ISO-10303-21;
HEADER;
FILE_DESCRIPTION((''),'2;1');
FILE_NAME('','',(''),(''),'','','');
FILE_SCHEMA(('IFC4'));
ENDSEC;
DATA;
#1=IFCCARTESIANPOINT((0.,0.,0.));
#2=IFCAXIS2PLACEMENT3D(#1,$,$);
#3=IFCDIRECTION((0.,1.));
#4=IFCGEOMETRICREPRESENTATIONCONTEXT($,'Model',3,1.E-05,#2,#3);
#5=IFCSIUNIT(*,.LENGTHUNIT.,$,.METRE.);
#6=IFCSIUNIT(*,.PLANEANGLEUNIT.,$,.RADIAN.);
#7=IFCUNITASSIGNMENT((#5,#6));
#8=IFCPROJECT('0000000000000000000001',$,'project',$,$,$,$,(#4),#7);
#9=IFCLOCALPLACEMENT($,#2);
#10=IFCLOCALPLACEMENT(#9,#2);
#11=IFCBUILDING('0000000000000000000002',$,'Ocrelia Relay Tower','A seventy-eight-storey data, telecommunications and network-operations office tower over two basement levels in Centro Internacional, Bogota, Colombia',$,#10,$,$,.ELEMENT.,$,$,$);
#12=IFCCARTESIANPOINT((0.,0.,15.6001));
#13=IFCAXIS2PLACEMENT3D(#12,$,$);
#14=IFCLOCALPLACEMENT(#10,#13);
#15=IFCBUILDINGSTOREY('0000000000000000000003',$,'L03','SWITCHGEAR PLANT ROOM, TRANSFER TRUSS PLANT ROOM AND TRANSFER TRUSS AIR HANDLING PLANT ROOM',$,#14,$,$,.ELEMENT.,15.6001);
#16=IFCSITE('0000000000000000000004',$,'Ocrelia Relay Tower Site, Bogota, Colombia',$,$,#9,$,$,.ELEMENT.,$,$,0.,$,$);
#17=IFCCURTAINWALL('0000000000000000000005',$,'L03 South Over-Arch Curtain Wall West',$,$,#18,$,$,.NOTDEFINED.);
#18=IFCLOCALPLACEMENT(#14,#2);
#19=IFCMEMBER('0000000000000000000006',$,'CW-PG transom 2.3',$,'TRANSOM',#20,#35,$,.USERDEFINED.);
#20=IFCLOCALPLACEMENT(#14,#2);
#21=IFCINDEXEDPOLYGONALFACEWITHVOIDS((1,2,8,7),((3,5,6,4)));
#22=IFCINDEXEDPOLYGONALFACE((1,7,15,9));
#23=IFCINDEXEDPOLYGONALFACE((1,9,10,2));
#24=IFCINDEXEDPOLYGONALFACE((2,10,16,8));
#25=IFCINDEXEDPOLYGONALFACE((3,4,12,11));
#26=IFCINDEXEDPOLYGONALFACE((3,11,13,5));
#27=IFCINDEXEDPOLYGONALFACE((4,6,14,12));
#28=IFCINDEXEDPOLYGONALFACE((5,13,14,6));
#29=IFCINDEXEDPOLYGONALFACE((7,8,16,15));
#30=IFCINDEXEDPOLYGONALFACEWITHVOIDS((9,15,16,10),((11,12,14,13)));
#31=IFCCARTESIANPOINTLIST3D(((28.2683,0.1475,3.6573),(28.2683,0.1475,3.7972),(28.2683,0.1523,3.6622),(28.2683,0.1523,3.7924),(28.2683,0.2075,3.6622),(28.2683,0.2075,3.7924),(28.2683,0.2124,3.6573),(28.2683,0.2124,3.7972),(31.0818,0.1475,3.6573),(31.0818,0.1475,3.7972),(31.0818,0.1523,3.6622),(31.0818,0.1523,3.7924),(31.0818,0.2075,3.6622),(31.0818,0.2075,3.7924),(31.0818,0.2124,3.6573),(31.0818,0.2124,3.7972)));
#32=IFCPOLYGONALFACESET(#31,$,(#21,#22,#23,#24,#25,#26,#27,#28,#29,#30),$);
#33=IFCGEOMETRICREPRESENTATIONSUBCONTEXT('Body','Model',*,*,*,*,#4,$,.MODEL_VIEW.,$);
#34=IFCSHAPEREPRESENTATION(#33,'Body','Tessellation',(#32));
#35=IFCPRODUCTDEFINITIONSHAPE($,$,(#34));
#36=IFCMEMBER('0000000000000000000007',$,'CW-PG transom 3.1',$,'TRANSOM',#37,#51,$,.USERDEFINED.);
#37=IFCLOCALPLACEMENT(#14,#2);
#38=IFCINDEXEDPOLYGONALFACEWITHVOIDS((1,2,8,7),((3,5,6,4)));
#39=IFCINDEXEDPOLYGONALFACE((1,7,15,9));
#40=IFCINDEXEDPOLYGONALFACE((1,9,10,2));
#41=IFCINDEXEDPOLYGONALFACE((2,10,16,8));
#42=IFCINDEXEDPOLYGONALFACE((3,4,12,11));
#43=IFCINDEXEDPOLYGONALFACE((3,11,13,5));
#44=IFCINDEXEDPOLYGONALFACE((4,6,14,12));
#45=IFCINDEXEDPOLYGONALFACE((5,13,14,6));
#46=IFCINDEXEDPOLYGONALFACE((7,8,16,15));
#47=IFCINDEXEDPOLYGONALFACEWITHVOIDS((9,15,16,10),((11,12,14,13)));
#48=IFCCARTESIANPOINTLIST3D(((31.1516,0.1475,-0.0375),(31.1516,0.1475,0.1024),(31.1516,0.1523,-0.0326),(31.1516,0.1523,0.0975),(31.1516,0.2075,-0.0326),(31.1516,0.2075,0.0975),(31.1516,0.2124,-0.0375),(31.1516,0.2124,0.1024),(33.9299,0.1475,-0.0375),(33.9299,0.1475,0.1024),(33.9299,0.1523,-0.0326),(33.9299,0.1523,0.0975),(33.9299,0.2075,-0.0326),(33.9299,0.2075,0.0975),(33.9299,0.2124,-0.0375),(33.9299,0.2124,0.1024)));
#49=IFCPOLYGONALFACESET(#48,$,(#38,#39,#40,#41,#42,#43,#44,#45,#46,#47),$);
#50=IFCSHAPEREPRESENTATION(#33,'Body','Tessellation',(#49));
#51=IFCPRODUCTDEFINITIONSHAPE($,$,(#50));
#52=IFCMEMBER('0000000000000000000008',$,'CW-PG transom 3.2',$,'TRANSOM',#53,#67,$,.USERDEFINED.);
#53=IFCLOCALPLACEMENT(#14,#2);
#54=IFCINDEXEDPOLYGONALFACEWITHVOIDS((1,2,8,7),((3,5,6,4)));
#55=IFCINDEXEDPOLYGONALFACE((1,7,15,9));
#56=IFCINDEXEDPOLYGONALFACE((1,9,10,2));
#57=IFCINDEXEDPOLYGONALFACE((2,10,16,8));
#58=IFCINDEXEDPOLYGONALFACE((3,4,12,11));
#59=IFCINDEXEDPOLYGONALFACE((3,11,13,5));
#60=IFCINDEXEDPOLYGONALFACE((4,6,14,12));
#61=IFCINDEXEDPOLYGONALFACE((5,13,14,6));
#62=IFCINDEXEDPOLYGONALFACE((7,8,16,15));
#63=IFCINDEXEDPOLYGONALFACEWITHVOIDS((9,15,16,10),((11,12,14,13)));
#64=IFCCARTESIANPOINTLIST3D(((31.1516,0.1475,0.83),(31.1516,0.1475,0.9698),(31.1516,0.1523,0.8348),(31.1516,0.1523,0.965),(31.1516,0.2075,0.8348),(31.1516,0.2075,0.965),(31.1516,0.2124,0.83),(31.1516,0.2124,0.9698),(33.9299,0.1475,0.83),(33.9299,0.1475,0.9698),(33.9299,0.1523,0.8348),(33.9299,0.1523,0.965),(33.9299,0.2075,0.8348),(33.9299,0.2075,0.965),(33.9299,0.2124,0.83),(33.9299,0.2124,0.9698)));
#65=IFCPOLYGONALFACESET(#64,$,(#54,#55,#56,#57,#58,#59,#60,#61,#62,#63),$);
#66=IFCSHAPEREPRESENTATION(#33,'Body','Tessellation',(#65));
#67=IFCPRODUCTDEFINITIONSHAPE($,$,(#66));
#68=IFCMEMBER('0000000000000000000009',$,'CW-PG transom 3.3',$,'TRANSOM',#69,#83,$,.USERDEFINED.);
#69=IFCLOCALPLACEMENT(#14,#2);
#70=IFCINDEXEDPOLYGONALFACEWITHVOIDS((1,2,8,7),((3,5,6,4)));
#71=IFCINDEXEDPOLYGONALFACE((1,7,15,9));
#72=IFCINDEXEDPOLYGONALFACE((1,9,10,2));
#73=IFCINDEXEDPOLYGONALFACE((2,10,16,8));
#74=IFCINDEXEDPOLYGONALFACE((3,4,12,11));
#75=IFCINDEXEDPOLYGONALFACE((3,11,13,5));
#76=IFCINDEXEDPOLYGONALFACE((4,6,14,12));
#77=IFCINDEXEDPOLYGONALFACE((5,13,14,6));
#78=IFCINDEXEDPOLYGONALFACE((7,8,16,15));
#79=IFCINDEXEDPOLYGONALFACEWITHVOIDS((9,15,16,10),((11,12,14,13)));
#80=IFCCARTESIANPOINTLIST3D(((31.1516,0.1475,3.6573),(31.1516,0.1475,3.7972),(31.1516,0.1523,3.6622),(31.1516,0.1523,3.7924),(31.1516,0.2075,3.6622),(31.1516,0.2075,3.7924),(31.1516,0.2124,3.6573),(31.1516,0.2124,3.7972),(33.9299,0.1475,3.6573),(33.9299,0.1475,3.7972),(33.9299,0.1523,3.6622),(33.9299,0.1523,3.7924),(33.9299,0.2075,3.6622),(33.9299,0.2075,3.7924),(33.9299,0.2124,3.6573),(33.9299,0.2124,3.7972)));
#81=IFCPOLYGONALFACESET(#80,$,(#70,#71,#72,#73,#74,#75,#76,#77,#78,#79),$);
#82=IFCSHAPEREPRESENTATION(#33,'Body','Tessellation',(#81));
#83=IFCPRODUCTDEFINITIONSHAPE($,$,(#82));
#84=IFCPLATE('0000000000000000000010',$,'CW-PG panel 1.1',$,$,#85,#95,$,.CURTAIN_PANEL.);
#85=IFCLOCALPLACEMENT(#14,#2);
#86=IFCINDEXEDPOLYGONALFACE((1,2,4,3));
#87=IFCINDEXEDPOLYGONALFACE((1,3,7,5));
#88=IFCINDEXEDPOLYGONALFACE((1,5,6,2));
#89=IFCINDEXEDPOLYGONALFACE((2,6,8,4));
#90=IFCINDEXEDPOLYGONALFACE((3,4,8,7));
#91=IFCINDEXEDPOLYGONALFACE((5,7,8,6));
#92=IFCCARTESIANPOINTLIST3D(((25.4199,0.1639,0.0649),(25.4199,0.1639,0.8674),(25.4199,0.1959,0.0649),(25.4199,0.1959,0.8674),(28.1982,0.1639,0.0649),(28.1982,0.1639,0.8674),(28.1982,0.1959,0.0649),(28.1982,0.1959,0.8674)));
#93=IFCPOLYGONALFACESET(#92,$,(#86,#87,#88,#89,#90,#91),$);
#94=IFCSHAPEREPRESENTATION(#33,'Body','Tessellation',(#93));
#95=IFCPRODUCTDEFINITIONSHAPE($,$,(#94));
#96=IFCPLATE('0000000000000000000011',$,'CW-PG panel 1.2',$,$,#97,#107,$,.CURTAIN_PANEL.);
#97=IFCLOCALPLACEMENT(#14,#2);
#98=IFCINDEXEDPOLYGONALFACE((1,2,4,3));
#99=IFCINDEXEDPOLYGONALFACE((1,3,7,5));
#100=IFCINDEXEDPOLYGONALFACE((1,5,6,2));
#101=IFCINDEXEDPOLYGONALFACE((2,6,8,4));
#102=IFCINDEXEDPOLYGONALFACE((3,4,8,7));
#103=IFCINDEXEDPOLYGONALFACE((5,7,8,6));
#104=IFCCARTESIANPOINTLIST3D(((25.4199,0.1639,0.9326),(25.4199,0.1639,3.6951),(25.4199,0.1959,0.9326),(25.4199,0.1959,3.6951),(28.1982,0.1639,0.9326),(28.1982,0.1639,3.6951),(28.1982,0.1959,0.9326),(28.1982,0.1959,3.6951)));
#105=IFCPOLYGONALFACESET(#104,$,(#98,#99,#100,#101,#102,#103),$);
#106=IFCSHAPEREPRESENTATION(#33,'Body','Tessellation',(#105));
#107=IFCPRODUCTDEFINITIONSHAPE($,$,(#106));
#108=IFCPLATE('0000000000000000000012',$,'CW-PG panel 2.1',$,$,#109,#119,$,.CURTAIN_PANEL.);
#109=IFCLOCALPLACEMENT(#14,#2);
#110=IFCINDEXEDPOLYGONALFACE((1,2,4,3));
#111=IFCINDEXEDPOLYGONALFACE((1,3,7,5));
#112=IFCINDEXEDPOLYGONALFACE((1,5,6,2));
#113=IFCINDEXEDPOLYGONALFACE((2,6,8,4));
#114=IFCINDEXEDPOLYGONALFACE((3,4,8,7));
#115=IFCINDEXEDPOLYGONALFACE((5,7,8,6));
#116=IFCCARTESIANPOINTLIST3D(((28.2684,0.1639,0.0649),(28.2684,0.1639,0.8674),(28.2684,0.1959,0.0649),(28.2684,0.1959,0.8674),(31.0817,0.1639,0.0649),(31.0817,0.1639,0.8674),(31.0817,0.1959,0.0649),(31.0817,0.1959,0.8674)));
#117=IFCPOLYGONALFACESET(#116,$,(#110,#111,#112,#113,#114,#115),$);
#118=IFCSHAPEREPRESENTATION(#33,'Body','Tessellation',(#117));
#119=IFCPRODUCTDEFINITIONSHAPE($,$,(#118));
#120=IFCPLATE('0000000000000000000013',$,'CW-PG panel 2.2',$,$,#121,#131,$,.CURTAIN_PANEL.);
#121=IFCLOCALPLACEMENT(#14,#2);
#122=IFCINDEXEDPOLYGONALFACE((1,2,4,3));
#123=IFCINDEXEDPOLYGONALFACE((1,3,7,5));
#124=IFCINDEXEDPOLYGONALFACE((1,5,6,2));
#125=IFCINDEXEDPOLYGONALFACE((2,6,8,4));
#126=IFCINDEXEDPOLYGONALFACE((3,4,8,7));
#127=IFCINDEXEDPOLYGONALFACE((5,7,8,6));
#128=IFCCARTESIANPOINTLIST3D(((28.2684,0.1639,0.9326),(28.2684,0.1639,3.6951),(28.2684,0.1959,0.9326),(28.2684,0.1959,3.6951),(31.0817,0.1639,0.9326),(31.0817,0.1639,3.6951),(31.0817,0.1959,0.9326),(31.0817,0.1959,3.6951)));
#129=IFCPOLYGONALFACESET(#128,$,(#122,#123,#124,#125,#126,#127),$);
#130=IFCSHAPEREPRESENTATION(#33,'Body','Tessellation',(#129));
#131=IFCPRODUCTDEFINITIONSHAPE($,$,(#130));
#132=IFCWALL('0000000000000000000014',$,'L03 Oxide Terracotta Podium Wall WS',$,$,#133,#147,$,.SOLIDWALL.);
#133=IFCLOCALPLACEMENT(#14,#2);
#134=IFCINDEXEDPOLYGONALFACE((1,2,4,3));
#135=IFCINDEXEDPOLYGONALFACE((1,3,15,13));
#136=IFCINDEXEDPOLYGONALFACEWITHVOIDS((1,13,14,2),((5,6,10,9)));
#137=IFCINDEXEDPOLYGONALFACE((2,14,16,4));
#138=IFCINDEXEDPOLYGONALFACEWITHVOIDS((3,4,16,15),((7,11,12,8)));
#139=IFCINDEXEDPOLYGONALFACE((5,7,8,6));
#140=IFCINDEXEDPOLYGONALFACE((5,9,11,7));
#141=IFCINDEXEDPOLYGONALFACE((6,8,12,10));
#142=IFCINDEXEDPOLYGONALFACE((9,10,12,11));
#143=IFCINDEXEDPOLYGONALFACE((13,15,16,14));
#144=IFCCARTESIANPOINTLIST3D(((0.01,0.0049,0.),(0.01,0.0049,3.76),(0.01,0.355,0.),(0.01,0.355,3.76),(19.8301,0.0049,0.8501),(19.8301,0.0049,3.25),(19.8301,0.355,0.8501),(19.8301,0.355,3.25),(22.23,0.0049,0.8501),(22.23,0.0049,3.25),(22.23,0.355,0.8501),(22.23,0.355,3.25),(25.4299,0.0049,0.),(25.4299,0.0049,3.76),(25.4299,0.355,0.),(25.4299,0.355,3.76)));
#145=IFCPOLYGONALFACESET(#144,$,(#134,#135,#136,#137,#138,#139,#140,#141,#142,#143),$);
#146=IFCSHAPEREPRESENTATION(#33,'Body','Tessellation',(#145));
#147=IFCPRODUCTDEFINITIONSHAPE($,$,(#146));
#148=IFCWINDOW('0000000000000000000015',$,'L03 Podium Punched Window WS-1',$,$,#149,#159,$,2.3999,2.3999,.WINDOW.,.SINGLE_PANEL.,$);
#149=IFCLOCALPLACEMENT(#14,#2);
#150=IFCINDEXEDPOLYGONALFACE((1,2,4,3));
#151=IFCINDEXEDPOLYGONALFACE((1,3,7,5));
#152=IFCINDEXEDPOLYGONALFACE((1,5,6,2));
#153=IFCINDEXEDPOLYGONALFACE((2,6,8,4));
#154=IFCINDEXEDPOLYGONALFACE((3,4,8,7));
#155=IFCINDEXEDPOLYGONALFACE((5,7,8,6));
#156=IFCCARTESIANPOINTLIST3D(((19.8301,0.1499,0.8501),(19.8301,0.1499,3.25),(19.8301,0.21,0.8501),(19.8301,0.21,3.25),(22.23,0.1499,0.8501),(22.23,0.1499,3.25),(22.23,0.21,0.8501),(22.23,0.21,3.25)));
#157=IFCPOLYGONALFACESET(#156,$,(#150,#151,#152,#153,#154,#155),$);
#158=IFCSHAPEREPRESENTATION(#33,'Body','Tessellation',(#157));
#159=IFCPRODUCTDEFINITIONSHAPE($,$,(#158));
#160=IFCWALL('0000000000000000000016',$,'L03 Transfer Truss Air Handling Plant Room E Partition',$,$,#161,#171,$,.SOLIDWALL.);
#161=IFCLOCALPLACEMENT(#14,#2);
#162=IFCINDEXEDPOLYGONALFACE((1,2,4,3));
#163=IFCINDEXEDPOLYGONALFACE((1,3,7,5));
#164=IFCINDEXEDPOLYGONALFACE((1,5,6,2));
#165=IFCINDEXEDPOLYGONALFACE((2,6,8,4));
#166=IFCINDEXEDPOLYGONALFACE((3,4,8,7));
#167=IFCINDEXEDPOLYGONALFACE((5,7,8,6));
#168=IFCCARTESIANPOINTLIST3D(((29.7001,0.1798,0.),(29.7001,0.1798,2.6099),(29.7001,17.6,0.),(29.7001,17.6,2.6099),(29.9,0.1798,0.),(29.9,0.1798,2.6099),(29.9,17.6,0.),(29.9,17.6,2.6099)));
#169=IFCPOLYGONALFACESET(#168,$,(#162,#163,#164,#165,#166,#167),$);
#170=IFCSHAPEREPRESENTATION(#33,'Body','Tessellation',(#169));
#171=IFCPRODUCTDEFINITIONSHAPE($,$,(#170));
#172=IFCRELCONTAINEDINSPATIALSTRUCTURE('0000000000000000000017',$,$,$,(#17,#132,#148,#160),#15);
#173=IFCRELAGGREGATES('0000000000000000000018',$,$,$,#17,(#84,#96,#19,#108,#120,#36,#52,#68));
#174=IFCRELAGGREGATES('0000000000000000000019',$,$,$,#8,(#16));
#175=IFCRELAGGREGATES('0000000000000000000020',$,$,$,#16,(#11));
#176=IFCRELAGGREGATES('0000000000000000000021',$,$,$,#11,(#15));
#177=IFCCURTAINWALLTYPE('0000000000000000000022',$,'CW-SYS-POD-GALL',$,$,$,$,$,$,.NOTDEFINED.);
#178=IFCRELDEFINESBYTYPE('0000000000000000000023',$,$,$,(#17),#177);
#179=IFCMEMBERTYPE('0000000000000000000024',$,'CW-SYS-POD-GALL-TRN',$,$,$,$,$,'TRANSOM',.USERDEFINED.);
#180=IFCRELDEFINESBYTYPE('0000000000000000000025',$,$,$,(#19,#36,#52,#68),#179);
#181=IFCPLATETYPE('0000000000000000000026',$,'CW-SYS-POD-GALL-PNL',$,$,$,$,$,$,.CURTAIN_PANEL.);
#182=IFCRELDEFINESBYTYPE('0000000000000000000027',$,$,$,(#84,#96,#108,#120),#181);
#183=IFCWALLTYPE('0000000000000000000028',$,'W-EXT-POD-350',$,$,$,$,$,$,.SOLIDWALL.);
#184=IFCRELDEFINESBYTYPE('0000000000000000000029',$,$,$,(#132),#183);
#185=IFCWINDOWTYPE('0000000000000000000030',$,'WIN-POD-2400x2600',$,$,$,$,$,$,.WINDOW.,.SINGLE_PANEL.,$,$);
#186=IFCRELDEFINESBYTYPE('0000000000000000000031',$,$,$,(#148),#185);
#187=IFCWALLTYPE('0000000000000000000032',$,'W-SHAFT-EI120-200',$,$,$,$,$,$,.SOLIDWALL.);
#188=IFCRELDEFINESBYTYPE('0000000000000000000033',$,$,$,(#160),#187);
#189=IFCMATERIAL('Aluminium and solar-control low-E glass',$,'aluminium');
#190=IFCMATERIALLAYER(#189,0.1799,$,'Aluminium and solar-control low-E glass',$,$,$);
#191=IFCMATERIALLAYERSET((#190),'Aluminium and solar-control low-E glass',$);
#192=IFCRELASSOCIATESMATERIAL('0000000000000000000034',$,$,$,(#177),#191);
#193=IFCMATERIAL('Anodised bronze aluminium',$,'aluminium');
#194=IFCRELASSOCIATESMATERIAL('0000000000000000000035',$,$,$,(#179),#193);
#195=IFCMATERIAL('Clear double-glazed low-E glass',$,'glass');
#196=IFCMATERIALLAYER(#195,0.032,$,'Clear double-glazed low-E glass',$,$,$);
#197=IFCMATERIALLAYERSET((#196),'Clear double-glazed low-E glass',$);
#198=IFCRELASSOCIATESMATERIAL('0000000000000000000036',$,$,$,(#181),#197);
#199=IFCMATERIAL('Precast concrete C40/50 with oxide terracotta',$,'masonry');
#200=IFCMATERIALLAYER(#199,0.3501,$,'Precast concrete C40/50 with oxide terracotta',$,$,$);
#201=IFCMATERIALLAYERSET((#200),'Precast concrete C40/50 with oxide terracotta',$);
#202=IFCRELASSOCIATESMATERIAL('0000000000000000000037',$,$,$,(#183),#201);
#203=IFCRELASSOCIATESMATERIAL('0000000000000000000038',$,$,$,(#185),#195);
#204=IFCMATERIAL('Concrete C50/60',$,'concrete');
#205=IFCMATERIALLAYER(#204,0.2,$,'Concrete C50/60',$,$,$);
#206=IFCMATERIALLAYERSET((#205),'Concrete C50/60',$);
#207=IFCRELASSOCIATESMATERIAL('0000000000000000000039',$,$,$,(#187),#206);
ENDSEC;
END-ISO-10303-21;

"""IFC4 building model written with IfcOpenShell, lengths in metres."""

from ifc_helpers import new_model, si_unit, direction, frame, frame_2d, origin, origin_2d, place, context, subcontext, project, spatial, rectangle, hollow_rectangle, extrude, material, layer, layer_set, material_profile, profile_set, type_object, element, fill, aggregate, save


model = new_model("IFC4")

# Units and contexts
model_context = context("Model", 3, precision=1e-05, world=origin(), true_north=direction((0.0, 1.0)))
body_context = subcontext(model_context, "Body", "Model", "MODEL_VIEW")
ifc_project = project(units=[si_unit("LENGTHUNIT", "METRE"), si_unit("PLANEANGLEUNIT", "RADIAN")], contexts=[model_context])

# Site, building, storey
site_placement = place(None, origin())
site = spatial("IfcSite", under=ifc_project, at=site_placement, Name="Ocrelia Relay Tower Site, Bogota, Colombia", CompositionType="ELEMENT", RefElevation=0.0)
building_placement = place(site_placement, origin())
building = spatial("IfcBuilding", under=site, at=building_placement, Name="Ocrelia Relay Tower", Description="A seventy-eight-storey data, telecommunications and network-operations office tower over two basement levels in Centro Internacional, Bogota, Colombia", CompositionType="ELEMENT")
storey_placement = place(building_placement, frame((0.0, 0.0, 15.6001)))
storey = spatial("IfcBuildingStorey", under=building, at=storey_placement, Name="L03", Description="SWITCHGEAR PLANT ROOM, TRANSFER TRUSS PLANT ROOM AND TRANSFER TRUSS AIR HANDLING PLANT ROOM", CompositionType="ELEMENT", Elevation=15.6001)

# Curtain wall, members, plates
ifc_material_1 = material(Name="Aluminium and solar-control low-E glass", Category="aluminium")
ifc_layer_1 = layer(ifc_material_1, 0.1799, Name="Aluminium and solar-control low-E glass")
ifc_layer_set_1 = layer_set([ifc_layer_1], Name="Aluminium and solar-control low-E glass")
curtain_wall_type = type_object("IfcCurtainWallType", Name="CW-SYS-POD-GALL", PredefinedType="NOTDEFINED", material=ifc_layer_set_1)
curtain_wall_placement = place(storey_placement, origin())
curtain_wall = element("IfcCurtainWall", 1, at=curtain_wall_placement, inside=storey, type_object=curtain_wall_type, Name="L03 South Over-Arch Curtain Wall West", PredefinedType="NOTDEFINED")
ifc_material_2 = material(Name="Anodised bronze aluminium", Category="aluminium")
ifc_material_profile_1 = material_profile(ifc_material_2, hollow_rectangle(XDim=0.0649, YDim=0.1399, WallThickness=0.0049, at=origin_2d()), Name="CW-TRN-140x65")
ifc_profile_set_1 = profile_set([ifc_material_profile_1], Name="Anodised bronze aluminium")
member_type_1 = type_object("IfcMemberType", Name="CW-SYS-POD-GALL-TRN", ElementType="TRANSOM", PredefinedType="USERDEFINED", material=ifc_profile_set_1)
member_1_placement = place(storey_placement, frame((28.2683, 0.1799, 3.7273), z_axis=(1.0, 0.0, 0.0), x_axis=(0.0, 1.0, 0.0)))
member_1 = element("IfcMember", 2, at=member_1_placement, type_object=member_type_1, Name="CW-PG transom 2.3", ObjectType="TRANSOM", PredefinedType="USERDEFINED", context=body_context, shape_type="SweptSolid", body=[
    extrude(hollow_rectangle(XDim=0.0649, YDim=0.1399, WallThickness=0.0049, at=origin_2d()), origin(), (0.0, 0.0, 1.0), 2.8135),
])
member_2_placement = place(storey_placement, frame((31.1516, 0.1799, 0.0325), z_axis=(1.0, 0.0, 0.0), x_axis=(0.0, 1.0, 0.0)))
member_2 = element("IfcMember", 3, at=member_2_placement, type_object=member_type_1, Name="CW-PG transom 3.1", ObjectType="TRANSOM", PredefinedType="USERDEFINED", context=body_context, shape_type="SweptSolid", body=[
    extrude(hollow_rectangle(XDim=0.0649, YDim=0.1399, WallThickness=0.0049, at=origin_2d()), origin(), (0.0, 0.0, 1.0), 2.7783),
])
member_3_placement = place(storey_placement, frame((31.1516, 0.1799, 0.8999), z_axis=(1.0, 0.0, 0.0), x_axis=(0.0, 1.0, 0.0)))
member_3 = element("IfcMember", 4, at=member_3_placement, type_object=member_type_1, Name="CW-PG transom 3.2", ObjectType="TRANSOM", PredefinedType="USERDEFINED", context=body_context, shape_type="SweptSolid", body=[
    extrude(hollow_rectangle(XDim=0.0649, YDim=0.1399, WallThickness=0.0049, at=origin_2d()), origin(), (0.0, 0.0, 1.0), 2.7783),
])
member_4_placement = place(storey_placement, frame((31.1516, 0.1799, 3.7273), z_axis=(1.0, 0.0, 0.0), x_axis=(0.0, 1.0, 0.0)))
member_4 = element("IfcMember", 5, at=member_4_placement, type_object=member_type_1, Name="CW-PG transom 3.3", ObjectType="TRANSOM", PredefinedType="USERDEFINED", context=body_context, shape_type="SweptSolid", body=[
    extrude(hollow_rectangle(XDim=0.0649, YDim=0.1399, WallThickness=0.0049, at=origin_2d()), origin(), (0.0, 0.0, 1.0), 2.7783),
])
ifc_material_3 = material(Name="Clear double-glazed low-E glass", Category="glass")
ifc_layer_2 = layer(ifc_material_3, 0.032, Name="Clear double-glazed low-E glass")
ifc_layer_set_2 = layer_set([ifc_layer_2], Name="Clear double-glazed low-E glass")
plate_type = type_object("IfcPlateType", Name="CW-SYS-POD-GALL-PNL", PredefinedType="CURTAIN_PANEL", material=ifc_layer_set_2)
plate_1_placement = place(storey_placement, frame((26.8091, 0.1799, 0.0649), z_axis=(0.0, 0.0, 1.0), x_axis=(1.0, 0.0, 0.0)))
plate_1 = element("IfcPlate", 6, at=plate_1_placement, type_object=plate_type, Name="CW-PG panel 1.1", PredefinedType="CURTAIN_PANEL", context=body_context, shape_type="SweptSolid", body=[
    extrude(rectangle(XDim=2.7783, YDim=0.032, at=origin_2d()), origin(), (0.0, 0.0, 1.0), 0.8025),
])
plate_2_placement = place(storey_placement, frame((26.8091, 0.1799, 0.9326), z_axis=(0.0, 0.0, 1.0), x_axis=(1.0, 0.0, 0.0)))
plate_2 = element("IfcPlate", 7, at=plate_2_placement, type_object=plate_type, Name="CW-PG panel 1.2", PredefinedType="CURTAIN_PANEL", context=body_context, shape_type="SweptSolid", body=[
    extrude(rectangle(XDim=2.7783, YDim=0.032, at=origin_2d()), origin(), (0.0, 0.0, 1.0), 2.7625),
])
plate_3_placement = place(storey_placement, frame((29.675, 0.1799, 0.0649), z_axis=(0.0, 0.0, 1.0), x_axis=(1.0, 0.0, 0.0)))
plate_3 = element("IfcPlate", 8, at=plate_3_placement, type_object=plate_type, Name="CW-PG panel 2.1", PredefinedType="CURTAIN_PANEL", context=body_context, shape_type="SweptSolid", body=[
    extrude(rectangle(XDim=2.8132, YDim=0.032, at=origin_2d()), origin(), (0.0, 0.0, 1.0), 0.8025),
])
plate_4_placement = place(storey_placement, frame((29.675, 0.1799, 0.9326), z_axis=(0.0, 0.0, 1.0), x_axis=(1.0, 0.0, 0.0)))
plate_4 = element("IfcPlate", 9, at=plate_4_placement, type_object=plate_type, Name="CW-PG panel 2.2", PredefinedType="CURTAIN_PANEL", context=body_context, shape_type="SweptSolid", body=[
    extrude(rectangle(XDim=2.8132, YDim=0.032, at=origin_2d()), origin(), (0.0, 0.0, 1.0), 2.7625),
])
aggregate(curtain_wall, [plate_1, plate_2, member_1, plate_3, plate_4, member_2, member_3, member_4])

# Wall, opening, window
ifc_material_4 = material(Name="Precast concrete C40/50 with oxide terracotta", Category="masonry")
ifc_layer_3 = layer(ifc_material_4, 0.3501, Name="Precast concrete C40/50 with oxide terracotta")
ifc_layer_set_3 = layer_set([ifc_layer_3], Name="Precast concrete C40/50 with oxide terracotta")
wall_type_1 = type_object("IfcWallType", Name="W-EXT-POD-350", PredefinedType="SOLIDWALL", material=ifc_layer_set_3)
wall_1_placement = place(storey_placement, frame((25.4299, 0.1799, 0.0), z_axis=(0.0, 0.0, 1.0), x_axis=(-1.0, 0.0, 0.0)))
wall_1 = element("IfcWall", 10, at=wall_1_placement, inside=storey, type_object=wall_type_1, Name="L03 Oxide Terracotta Podium Wall WS", PredefinedType="SOLIDWALL", context=body_context, shape_type="SweptSolid", body=[
    extrude(rectangle(XDim=25.4199, YDim=0.3501, at=frame_2d((12.71, 0.0))), origin(), (0.0, 0.0, 1.0), 3.76),
])
opening_placement = place(wall_1_placement, frame((3.2, 0.0, 0.8501)))
opening = element("IfcOpeningElement", 11, at=opening_placement, cuts=wall_1, PredefinedType="OPENING", context=body_context, shape_type="SweptSolid", body=[
    extrude(rectangle(XDim=2.3999, YDim=2.3999, at=frame_2d((1.2, 1.2))), frame((0.0, 0.1851, 0.0), z_axis=(0.0, -1.0, 0.0), x_axis=(1.0, 0.0, 0.0)), (0.0, 0.0, 1.0), 0.3701),
])
window_type = type_object("IfcWindowType", Name="WIN-POD-2400x2600", PartitioningType="SINGLE_PANEL", PredefinedType="WINDOW", material=ifc_material_3)
window_placement = place(opening_placement, origin())
window = element("IfcWindow", 12, at=window_placement, inside=storey, type_object=window_type, Name="L03 Podium Punched Window WS-1", OverallHeight=2.3999, OverallWidth=2.3999, PartitioningType="SINGLE_PANEL", PredefinedType="WINDOW", context=body_context, shape_type="SweptSolid", body=[
    extrude(rectangle(XDim=2.3999, YDim=2.3999, at=frame_2d((1.2, 1.2))), frame((0.0, 0.03, 0.0), z_axis=(0.0, -1.0, 0.0), x_axis=(1.0, 0.0, 0.0)), (0.0, 0.0, 1.0), 0.0601),
])
fill(opening, window)

# Wall
ifc_material_5 = material(Name="Concrete C50/60", Category="concrete")
ifc_layer_4 = layer(ifc_material_5, 0.2, Name="Concrete C50/60")
ifc_layer_set_4 = layer_set([ifc_layer_4], Name="Concrete C50/60")
wall_type_2 = type_object("IfcWallType", Name="W-SHAFT-EI120-200", PredefinedType="SOLIDWALL", material=ifc_layer_set_4)
wall_2_placement = place(storey_placement, frame((29.8, 0.1799, 0.0), z_axis=(0.0, 0.0, 1.0), x_axis=(0.0, 1.0, 0.0)))
element("IfcWall", 13, at=wall_2_placement, inside=storey, type_object=wall_type_2, Name="L03 Transfer Truss Air Handling Plant Room E Partition", PredefinedType="SOLIDWALL", context=body_context, shape_type="SweptSolid", body=[
    extrude(rectangle(XDim=17.4202, YDim=0.2, at=frame_2d((8.71, 0.0))), origin(), (0.0, 0.0, 1.0), 2.6099),
])

save(model, "model.ifc")
